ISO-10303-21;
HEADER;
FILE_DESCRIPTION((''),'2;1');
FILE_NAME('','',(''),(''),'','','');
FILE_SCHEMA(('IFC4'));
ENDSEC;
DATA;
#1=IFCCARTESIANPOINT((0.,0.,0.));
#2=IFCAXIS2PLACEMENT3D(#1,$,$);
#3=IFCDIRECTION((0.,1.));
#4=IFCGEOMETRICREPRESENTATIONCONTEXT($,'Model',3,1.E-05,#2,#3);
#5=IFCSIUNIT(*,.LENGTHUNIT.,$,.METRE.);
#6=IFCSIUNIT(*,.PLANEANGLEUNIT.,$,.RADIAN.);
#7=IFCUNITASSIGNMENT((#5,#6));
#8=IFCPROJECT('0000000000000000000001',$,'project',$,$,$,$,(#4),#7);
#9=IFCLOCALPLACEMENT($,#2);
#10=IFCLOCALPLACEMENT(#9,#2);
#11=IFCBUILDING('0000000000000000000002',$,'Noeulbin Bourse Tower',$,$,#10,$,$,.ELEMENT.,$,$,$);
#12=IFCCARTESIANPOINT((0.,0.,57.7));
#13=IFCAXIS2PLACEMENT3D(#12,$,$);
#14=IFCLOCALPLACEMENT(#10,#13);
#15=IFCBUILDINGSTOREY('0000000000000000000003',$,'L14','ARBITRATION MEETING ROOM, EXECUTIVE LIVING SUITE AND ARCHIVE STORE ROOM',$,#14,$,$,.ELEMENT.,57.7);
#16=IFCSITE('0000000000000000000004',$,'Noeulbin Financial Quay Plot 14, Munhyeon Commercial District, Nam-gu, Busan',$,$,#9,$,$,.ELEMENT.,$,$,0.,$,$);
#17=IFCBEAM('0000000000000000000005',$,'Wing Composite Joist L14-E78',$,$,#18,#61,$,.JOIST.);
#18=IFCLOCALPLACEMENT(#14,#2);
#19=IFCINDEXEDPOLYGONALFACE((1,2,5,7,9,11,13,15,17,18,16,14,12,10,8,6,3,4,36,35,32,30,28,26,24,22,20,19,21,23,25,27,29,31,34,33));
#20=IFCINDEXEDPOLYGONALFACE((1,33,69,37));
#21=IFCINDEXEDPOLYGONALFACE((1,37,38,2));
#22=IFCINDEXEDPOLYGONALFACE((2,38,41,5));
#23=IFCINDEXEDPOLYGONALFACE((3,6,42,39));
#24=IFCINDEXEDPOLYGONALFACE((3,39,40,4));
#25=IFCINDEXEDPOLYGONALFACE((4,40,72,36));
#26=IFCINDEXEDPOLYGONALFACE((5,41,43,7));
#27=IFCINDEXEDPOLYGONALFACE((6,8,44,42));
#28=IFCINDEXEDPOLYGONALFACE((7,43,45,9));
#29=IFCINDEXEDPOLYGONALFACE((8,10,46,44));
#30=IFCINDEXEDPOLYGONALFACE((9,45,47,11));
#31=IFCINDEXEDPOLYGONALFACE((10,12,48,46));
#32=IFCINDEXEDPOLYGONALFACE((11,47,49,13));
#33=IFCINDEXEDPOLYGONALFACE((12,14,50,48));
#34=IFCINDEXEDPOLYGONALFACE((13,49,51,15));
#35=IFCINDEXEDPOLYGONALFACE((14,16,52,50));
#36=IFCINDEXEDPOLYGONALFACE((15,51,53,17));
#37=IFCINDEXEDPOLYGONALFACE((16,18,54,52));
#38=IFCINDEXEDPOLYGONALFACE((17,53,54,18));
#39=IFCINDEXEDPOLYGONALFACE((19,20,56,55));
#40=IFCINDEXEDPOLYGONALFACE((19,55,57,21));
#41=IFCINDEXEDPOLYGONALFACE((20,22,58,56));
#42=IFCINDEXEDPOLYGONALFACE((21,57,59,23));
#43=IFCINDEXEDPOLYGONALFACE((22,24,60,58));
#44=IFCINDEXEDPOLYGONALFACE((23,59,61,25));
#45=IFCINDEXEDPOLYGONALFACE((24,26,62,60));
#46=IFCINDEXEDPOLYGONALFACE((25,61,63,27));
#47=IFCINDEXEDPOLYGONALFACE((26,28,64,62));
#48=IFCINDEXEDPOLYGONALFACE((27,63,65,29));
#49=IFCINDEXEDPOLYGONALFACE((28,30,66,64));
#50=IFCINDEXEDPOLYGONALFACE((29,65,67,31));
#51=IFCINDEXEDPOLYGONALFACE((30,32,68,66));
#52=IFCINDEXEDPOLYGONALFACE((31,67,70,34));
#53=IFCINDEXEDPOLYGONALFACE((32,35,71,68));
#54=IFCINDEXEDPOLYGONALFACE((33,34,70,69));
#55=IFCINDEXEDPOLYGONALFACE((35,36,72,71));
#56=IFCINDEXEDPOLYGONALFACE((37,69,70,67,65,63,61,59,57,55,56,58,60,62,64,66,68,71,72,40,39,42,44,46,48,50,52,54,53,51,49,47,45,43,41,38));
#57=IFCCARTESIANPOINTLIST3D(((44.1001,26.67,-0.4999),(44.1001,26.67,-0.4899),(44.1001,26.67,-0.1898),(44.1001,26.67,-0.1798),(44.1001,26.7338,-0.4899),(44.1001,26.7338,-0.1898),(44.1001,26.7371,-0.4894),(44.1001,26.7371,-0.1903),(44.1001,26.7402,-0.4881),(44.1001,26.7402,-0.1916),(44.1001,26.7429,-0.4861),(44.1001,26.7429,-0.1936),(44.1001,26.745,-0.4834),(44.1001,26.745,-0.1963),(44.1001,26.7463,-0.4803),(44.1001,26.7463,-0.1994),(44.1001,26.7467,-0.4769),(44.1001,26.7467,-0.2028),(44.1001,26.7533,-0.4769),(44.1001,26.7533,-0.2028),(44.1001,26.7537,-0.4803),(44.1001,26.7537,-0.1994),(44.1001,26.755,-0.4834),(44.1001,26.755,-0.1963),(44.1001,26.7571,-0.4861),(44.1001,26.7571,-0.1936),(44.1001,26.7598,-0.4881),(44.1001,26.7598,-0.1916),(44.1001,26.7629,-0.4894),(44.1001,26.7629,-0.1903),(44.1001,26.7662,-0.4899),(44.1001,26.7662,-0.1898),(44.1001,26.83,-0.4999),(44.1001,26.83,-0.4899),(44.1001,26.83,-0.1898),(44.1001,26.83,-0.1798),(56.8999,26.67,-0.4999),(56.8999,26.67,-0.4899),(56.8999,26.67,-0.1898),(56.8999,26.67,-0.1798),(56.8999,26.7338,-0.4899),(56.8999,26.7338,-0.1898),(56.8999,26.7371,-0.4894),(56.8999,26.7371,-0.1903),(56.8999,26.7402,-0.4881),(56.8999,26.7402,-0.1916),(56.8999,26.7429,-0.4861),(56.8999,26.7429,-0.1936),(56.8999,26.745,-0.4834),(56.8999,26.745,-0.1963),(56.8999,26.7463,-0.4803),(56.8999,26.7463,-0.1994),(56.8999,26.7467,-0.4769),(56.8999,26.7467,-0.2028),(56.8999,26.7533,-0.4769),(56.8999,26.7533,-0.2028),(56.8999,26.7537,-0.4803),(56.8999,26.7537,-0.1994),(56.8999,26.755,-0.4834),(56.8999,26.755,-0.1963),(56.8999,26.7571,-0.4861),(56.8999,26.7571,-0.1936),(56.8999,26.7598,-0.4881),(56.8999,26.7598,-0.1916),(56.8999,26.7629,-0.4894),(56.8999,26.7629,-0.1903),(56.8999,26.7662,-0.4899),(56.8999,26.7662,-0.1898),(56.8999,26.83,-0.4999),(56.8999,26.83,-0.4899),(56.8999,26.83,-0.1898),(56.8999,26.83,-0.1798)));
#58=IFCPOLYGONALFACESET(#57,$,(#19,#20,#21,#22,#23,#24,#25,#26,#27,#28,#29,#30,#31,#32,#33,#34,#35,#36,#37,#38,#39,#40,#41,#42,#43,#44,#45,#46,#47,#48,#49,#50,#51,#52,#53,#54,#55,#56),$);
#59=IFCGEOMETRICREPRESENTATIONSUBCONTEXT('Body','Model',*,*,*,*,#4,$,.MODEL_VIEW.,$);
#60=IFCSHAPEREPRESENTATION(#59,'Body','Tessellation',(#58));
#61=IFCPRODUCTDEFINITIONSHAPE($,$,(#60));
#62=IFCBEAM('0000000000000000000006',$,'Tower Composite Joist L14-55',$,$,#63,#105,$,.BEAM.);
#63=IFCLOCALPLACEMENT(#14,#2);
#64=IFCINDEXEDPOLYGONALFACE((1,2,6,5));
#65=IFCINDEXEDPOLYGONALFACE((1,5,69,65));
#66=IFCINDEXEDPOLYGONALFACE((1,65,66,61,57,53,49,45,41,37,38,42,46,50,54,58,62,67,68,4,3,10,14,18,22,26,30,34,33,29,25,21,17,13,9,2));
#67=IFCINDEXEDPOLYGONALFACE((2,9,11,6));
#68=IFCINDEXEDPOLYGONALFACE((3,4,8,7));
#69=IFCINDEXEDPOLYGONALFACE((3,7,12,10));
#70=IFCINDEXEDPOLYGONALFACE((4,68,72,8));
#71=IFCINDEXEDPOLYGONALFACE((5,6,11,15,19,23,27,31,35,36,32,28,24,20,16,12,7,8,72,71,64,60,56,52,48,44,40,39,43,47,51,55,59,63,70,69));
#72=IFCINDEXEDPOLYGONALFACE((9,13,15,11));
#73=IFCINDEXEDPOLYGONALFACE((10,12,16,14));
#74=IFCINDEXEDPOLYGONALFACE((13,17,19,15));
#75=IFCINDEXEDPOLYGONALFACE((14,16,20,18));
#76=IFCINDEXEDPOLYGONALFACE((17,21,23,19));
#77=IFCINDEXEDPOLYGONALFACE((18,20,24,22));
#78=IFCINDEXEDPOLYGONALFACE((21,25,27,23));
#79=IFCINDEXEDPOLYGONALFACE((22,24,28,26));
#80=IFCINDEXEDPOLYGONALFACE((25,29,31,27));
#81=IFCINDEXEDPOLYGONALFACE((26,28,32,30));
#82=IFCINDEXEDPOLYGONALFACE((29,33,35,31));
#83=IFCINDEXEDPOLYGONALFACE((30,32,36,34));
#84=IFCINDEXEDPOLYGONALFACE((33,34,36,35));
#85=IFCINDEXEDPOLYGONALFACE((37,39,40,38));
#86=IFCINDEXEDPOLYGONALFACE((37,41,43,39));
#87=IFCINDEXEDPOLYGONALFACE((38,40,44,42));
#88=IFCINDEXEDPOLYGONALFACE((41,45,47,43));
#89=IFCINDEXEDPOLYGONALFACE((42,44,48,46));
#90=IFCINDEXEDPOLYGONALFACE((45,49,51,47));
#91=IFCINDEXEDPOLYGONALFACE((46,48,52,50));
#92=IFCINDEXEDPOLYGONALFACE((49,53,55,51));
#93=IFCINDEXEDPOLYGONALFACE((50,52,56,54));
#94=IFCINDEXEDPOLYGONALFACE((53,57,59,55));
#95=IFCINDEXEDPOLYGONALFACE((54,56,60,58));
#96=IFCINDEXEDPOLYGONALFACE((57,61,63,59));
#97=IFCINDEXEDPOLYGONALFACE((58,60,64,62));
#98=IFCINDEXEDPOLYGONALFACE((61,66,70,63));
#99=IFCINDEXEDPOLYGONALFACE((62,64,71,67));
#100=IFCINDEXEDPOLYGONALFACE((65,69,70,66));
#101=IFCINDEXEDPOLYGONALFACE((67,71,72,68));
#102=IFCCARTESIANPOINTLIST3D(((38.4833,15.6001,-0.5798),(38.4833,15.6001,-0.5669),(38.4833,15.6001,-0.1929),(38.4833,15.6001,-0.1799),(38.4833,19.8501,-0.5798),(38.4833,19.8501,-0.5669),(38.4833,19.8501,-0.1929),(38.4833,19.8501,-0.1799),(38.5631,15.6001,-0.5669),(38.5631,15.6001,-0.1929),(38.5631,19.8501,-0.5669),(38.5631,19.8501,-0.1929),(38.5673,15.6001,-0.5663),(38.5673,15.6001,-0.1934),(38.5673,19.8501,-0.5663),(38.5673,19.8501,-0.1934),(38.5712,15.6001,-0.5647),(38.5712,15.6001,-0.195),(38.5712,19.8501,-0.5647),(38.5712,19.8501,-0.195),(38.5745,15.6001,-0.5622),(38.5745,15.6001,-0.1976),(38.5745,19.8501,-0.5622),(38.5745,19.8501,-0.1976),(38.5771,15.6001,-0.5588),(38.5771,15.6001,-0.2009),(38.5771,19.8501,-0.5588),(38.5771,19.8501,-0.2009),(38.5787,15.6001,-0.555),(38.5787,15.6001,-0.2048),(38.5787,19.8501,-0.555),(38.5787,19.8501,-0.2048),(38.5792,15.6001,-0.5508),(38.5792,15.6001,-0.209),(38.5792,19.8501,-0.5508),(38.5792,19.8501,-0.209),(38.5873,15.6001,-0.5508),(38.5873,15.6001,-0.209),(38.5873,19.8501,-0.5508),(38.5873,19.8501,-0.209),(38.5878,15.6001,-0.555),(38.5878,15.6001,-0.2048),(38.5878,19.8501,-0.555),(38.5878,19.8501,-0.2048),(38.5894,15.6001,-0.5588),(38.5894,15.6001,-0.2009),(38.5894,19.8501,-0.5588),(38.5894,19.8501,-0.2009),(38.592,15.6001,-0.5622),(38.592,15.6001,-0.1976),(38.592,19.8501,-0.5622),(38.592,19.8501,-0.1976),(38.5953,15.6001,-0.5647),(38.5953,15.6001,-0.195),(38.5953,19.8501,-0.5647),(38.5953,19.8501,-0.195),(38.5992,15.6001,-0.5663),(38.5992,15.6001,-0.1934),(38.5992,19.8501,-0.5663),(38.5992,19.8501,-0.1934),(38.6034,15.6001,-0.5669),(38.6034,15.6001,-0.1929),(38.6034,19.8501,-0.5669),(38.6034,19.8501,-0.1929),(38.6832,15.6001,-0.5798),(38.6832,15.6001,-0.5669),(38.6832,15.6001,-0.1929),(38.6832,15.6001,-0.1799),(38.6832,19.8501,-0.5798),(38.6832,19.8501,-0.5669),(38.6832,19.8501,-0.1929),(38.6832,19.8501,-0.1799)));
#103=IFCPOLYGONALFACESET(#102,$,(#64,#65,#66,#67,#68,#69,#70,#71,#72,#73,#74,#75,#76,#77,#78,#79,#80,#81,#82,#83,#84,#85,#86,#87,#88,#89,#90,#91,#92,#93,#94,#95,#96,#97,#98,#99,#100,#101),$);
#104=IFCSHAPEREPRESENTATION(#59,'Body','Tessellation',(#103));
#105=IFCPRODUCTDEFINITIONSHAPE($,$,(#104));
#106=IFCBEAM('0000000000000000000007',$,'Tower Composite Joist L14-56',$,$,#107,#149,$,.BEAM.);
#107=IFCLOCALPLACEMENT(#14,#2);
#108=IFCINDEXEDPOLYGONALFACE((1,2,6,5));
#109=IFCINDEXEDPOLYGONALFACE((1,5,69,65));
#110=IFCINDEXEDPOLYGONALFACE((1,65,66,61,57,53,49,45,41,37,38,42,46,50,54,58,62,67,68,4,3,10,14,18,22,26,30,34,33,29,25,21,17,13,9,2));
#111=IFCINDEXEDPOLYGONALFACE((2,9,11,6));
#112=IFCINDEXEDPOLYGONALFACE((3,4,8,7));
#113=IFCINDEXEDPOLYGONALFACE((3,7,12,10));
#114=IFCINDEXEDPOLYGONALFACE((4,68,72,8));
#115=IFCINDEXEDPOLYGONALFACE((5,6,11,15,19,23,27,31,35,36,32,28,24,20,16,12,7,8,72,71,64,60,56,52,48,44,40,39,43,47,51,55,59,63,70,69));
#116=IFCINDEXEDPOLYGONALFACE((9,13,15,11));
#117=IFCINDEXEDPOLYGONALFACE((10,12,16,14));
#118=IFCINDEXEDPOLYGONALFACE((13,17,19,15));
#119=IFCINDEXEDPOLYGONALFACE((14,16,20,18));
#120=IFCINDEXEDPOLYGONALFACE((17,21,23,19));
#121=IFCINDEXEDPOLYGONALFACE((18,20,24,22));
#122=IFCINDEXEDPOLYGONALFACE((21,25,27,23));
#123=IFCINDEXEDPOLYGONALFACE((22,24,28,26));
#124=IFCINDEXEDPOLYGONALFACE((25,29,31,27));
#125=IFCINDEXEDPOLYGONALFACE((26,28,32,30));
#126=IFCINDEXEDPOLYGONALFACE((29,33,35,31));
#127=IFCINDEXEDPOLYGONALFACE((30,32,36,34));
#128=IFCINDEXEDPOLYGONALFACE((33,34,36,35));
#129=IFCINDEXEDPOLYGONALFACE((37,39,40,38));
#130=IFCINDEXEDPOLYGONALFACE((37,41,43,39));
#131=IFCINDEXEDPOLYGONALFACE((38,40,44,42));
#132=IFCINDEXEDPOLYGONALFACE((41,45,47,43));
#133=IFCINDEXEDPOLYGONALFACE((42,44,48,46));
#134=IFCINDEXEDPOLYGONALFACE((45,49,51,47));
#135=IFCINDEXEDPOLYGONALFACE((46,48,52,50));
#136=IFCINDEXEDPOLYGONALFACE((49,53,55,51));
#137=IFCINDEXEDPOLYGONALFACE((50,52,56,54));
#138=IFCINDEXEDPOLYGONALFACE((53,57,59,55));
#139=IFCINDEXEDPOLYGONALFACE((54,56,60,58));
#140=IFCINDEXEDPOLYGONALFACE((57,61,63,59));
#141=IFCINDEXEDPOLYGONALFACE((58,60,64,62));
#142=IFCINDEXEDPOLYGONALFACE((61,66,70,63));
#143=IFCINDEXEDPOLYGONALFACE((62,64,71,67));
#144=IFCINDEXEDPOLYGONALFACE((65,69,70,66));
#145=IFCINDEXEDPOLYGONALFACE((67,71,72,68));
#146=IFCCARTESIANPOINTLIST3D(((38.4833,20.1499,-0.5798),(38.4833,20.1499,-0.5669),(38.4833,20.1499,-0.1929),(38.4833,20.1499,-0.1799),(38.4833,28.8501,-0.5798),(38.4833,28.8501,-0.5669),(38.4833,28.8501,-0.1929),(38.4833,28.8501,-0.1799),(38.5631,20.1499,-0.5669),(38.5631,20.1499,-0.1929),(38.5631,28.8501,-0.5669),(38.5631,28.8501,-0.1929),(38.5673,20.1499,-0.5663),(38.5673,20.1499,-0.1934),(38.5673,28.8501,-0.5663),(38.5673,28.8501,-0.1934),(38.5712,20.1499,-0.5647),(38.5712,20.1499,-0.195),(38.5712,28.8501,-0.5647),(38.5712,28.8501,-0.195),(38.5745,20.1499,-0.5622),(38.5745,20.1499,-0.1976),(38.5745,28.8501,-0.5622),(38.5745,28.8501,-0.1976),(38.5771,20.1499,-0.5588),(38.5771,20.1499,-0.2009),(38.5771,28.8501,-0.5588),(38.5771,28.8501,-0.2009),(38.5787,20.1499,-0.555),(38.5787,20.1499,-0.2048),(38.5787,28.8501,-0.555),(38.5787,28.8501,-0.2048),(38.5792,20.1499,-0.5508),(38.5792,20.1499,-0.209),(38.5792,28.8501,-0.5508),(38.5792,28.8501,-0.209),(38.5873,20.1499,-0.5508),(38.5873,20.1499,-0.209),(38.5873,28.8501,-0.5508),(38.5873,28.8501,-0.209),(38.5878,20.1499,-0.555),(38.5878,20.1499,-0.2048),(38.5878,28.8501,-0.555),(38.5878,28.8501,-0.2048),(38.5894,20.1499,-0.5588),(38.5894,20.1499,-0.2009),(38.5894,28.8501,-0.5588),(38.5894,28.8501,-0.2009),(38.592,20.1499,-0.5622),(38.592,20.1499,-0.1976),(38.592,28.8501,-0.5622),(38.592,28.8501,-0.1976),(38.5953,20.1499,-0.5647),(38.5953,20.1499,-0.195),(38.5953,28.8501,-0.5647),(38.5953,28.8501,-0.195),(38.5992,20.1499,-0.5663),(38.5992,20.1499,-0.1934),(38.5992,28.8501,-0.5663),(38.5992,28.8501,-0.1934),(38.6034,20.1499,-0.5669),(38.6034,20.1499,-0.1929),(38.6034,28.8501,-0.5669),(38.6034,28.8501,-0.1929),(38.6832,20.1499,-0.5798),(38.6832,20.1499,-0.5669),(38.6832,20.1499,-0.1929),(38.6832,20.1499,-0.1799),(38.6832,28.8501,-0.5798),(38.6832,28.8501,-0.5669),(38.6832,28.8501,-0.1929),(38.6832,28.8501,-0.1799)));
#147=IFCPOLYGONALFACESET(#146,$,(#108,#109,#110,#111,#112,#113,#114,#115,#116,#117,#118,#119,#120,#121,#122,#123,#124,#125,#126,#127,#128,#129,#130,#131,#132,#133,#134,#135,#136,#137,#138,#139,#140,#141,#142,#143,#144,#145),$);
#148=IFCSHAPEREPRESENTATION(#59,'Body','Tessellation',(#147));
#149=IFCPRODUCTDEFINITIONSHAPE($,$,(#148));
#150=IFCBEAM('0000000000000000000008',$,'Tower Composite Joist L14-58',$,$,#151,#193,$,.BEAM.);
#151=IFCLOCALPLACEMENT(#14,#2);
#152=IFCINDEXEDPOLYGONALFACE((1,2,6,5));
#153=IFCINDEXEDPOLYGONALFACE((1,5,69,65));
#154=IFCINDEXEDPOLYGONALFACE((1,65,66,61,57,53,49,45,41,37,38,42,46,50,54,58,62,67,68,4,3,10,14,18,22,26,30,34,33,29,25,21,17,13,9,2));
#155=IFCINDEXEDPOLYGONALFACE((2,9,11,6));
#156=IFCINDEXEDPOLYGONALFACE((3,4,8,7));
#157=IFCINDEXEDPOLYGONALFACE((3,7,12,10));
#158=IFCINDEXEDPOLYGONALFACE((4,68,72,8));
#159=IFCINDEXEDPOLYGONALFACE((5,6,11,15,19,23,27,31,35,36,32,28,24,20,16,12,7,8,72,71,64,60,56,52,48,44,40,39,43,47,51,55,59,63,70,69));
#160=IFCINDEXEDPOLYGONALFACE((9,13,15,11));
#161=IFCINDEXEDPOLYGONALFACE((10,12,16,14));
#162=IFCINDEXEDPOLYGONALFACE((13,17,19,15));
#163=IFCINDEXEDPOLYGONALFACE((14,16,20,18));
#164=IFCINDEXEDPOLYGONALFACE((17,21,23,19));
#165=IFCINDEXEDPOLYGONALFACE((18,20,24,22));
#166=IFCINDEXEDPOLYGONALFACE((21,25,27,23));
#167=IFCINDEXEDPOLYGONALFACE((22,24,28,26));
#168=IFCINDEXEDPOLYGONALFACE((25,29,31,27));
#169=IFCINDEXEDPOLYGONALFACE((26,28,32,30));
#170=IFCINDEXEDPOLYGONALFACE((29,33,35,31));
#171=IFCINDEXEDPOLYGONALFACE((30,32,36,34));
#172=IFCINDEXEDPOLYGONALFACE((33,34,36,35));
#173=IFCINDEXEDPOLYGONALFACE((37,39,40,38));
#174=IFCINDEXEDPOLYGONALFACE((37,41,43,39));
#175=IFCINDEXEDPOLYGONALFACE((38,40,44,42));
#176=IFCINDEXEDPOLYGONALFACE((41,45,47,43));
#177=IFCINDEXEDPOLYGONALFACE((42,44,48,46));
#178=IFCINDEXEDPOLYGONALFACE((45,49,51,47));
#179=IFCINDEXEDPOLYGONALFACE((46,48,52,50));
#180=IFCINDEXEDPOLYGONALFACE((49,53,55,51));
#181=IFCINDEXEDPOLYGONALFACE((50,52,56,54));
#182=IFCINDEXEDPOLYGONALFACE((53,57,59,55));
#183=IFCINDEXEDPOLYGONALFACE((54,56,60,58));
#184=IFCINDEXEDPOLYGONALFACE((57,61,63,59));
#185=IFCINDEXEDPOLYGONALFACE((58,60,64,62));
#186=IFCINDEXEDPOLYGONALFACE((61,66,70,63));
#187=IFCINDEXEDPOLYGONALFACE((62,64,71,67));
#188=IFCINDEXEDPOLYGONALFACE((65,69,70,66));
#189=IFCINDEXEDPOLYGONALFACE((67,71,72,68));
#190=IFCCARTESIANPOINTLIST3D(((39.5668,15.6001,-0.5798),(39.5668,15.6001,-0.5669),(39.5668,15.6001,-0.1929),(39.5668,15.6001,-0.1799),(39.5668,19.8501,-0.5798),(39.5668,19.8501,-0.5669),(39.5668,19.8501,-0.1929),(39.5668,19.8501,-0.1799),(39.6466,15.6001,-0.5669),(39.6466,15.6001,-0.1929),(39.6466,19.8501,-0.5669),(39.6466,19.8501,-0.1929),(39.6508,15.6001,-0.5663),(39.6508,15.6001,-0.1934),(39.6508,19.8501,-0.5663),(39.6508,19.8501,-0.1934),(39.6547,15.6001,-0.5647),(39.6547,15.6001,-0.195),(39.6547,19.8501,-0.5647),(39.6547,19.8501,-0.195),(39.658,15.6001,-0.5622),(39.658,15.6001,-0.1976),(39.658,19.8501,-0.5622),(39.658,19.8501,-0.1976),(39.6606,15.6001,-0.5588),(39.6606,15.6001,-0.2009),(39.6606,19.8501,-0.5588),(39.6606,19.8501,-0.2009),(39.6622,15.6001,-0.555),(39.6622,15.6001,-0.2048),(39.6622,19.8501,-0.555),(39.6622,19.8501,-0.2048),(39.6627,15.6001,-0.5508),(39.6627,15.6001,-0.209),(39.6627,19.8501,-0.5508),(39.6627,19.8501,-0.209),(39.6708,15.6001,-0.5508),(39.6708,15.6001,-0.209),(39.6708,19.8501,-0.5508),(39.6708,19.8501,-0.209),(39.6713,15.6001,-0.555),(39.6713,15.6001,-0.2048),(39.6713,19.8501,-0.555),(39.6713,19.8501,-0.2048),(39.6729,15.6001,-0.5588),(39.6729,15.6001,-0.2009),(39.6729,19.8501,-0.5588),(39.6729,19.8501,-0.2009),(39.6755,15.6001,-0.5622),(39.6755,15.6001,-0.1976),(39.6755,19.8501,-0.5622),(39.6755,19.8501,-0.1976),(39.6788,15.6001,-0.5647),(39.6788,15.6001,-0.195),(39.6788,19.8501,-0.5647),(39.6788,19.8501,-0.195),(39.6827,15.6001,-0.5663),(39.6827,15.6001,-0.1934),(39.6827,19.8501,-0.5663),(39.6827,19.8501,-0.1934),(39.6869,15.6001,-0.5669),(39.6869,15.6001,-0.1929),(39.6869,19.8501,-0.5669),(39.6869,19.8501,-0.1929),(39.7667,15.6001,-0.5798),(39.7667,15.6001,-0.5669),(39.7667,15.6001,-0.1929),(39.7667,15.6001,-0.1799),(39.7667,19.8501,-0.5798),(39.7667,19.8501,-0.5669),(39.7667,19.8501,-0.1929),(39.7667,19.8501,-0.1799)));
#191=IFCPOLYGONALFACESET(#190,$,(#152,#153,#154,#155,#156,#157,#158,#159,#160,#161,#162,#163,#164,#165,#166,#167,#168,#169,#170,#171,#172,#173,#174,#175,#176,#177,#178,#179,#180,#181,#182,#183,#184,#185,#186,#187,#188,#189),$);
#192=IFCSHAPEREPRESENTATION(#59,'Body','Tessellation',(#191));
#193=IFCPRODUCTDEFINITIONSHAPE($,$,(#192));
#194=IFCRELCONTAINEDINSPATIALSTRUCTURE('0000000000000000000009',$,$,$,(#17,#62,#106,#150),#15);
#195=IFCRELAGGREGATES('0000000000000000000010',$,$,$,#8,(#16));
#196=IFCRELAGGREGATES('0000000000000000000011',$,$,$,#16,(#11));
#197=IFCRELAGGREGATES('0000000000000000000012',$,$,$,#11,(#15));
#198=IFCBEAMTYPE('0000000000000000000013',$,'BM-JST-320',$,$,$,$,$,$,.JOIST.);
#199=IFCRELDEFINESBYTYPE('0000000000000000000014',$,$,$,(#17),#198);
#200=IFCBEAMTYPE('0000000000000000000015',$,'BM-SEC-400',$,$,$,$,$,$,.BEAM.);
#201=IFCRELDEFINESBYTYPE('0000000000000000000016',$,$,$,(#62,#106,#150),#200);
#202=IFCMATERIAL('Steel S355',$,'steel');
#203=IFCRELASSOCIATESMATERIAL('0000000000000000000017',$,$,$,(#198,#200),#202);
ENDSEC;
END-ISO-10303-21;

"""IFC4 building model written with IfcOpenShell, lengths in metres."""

from ifc_helpers import new_model, si_unit, direction, frame, origin, origin_2d, place, context, subcontext, project, spatial, i_section, extrude, material, material_profile, profile_set, type_object, element, save


model = new_model("IFC4")

# Units and contexts
model_context = context("Model", 3, precision=1e-05, world=origin(), true_north=direction((0.0, 1.0)))
body_context = subcontext(model_context, "Body", "Model", "MODEL_VIEW")
ifc_project = project(units=[si_unit("LENGTHUNIT", "METRE"), si_unit("PLANEANGLEUNIT", "RADIAN")], contexts=[model_context])

# Site, building, storey
site_placement = place(None, origin())
site = spatial("IfcSite", under=ifc_project, at=site_placement, Name="Noeulbin Financial Quay Plot 14, Munhyeon Commercial District, Nam-gu, Busan", CompositionType="ELEMENT", RefElevation=0.0)
building_placement = place(site_placement, origin())
building = spatial("IfcBuilding", under=site, at=building_placement, Name="Noeulbin Bourse Tower", CompositionType="ELEMENT")
storey_placement = place(building_placement, frame((0.0, 0.0, 57.7)))
storey = spatial("IfcBuildingStorey", under=building, at=storey_placement, Name="L14", Description="ARBITRATION MEETING ROOM, EXECUTIVE LIVING SUITE AND ARCHIVE STORE ROOM", CompositionType="ELEMENT", Elevation=57.7)

# Beams
ifc_material_1 = material(Name="Steel S355", Category="steel")
ifc_material_profile_1 = material_profile(ifc_material_1, i_section(OverallWidth=0.1599, OverallDepth=0.3201, WebThickness=0.0066, FlangeThickness=0.01, FilletRadius=0.0129, at=origin_2d()), Name="H-320x160x6.5x10", Category="LoadBearing")
ifc_profile_set_1 = profile_set([ifc_material_profile_1], Name="Steel S355")
beam_type_1 = type_object("IfcBeamType", Name="BM-JST-320", PredefinedType="JOIST", material=ifc_profile_set_1)
for number, where, z_axis, x_axis, name in (
    (1, (44.1001, 26.75, -0.3398), (1.0, 0.0, 0.0), (0.0, 1.0, 0.0), "Wing Composite Joist L14-E78"),
):
    element("IfcBeam", number, at=place(storey_placement, frame(where, z_axis=z_axis, x_axis=x_axis)), inside=storey, type_object=beam_type_1, Name=name, PredefinedType="JOIST", context=body_context, shape_type="SweptSolid", body=[
        extrude(i_section(OverallWidth=0.1599, OverallDepth=0.3201, WebThickness=0.0066, FlangeThickness=0.01, FilletRadius=0.0129, at=origin_2d()), origin(), (0.0, 0.0, 1.0), 12.7998),
    ])
ifc_material_profile_2 = material_profile(ifc_material_1, i_section(OverallWidth=0.2, OverallDepth=0.3999, WebThickness=0.0081, FlangeThickness=0.0129, FilletRadius=0.0161, at=origin_2d()), Name="H-400x200x8x13", Category="LoadBearing")
ifc_profile_set_2 = profile_set([ifc_material_profile_2], Name="Steel S355")
beam_type_2 = type_object("IfcBeamType", Name="BM-SEC-400", PredefinedType="BEAM", material=ifc_profile_set_2)
beam_1_placement = place(storey_placement, frame((38.5833, 15.6001, -0.3799), z_axis=(0.0, 1.0, 0.0), x_axis=(-1.0, 0.0, 0.0)))
element("IfcBeam", 2, at=beam_1_placement, inside=storey, type_object=beam_type_2, Name="Tower Composite Joist L14-55", PredefinedType="BEAM", context=body_context, shape_type="SweptSolid", body=[
    extrude(i_section(OverallWidth=0.2, OverallDepth=0.3999, WebThickness=0.0081, FlangeThickness=0.0129, FilletRadius=0.0161, at=origin_2d()), origin(), (0.0, 0.0, 1.0), 4.25),
])
beam_2_placement = place(storey_placement, frame((38.5833, 20.1499, -0.3799), z_axis=(0.0, 1.0, 0.0), x_axis=(-1.0, 0.0, 0.0)))
element("IfcBeam", 3, at=beam_2_placement, inside=storey, type_object=beam_type_2, Name="Tower Composite Joist L14-56", PredefinedType="BEAM", context=body_context, shape_type="SweptSolid", body=[
    extrude(i_section(OverallWidth=0.2, OverallDepth=0.3999, WebThickness=0.0081, FlangeThickness=0.0129, FilletRadius=0.0161, at=origin_2d()), origin(), (0.0, 0.0, 1.0), 8.7002),
])
beam_3_placement = place(storey_placement, frame((39.6667, 15.6001, -0.3799), z_axis=(0.0, 1.0, 0.0), x_axis=(-1.0, 0.0, 0.0)))
element("IfcBeam", 4, at=beam_3_placement, inside=storey, type_object=beam_type_2, Name="Tower Composite Joist L14-58", PredefinedType="BEAM", context=body_context, shape_type="SweptSolid", body=[
    extrude(i_section(OverallWidth=0.2, OverallDepth=0.3999, WebThickness=0.0081, FlangeThickness=0.0129, FilletRadius=0.0161, at=origin_2d()), origin(), (0.0, 0.0, 1.0), 4.25),
])

save(model, "model.ifc")
